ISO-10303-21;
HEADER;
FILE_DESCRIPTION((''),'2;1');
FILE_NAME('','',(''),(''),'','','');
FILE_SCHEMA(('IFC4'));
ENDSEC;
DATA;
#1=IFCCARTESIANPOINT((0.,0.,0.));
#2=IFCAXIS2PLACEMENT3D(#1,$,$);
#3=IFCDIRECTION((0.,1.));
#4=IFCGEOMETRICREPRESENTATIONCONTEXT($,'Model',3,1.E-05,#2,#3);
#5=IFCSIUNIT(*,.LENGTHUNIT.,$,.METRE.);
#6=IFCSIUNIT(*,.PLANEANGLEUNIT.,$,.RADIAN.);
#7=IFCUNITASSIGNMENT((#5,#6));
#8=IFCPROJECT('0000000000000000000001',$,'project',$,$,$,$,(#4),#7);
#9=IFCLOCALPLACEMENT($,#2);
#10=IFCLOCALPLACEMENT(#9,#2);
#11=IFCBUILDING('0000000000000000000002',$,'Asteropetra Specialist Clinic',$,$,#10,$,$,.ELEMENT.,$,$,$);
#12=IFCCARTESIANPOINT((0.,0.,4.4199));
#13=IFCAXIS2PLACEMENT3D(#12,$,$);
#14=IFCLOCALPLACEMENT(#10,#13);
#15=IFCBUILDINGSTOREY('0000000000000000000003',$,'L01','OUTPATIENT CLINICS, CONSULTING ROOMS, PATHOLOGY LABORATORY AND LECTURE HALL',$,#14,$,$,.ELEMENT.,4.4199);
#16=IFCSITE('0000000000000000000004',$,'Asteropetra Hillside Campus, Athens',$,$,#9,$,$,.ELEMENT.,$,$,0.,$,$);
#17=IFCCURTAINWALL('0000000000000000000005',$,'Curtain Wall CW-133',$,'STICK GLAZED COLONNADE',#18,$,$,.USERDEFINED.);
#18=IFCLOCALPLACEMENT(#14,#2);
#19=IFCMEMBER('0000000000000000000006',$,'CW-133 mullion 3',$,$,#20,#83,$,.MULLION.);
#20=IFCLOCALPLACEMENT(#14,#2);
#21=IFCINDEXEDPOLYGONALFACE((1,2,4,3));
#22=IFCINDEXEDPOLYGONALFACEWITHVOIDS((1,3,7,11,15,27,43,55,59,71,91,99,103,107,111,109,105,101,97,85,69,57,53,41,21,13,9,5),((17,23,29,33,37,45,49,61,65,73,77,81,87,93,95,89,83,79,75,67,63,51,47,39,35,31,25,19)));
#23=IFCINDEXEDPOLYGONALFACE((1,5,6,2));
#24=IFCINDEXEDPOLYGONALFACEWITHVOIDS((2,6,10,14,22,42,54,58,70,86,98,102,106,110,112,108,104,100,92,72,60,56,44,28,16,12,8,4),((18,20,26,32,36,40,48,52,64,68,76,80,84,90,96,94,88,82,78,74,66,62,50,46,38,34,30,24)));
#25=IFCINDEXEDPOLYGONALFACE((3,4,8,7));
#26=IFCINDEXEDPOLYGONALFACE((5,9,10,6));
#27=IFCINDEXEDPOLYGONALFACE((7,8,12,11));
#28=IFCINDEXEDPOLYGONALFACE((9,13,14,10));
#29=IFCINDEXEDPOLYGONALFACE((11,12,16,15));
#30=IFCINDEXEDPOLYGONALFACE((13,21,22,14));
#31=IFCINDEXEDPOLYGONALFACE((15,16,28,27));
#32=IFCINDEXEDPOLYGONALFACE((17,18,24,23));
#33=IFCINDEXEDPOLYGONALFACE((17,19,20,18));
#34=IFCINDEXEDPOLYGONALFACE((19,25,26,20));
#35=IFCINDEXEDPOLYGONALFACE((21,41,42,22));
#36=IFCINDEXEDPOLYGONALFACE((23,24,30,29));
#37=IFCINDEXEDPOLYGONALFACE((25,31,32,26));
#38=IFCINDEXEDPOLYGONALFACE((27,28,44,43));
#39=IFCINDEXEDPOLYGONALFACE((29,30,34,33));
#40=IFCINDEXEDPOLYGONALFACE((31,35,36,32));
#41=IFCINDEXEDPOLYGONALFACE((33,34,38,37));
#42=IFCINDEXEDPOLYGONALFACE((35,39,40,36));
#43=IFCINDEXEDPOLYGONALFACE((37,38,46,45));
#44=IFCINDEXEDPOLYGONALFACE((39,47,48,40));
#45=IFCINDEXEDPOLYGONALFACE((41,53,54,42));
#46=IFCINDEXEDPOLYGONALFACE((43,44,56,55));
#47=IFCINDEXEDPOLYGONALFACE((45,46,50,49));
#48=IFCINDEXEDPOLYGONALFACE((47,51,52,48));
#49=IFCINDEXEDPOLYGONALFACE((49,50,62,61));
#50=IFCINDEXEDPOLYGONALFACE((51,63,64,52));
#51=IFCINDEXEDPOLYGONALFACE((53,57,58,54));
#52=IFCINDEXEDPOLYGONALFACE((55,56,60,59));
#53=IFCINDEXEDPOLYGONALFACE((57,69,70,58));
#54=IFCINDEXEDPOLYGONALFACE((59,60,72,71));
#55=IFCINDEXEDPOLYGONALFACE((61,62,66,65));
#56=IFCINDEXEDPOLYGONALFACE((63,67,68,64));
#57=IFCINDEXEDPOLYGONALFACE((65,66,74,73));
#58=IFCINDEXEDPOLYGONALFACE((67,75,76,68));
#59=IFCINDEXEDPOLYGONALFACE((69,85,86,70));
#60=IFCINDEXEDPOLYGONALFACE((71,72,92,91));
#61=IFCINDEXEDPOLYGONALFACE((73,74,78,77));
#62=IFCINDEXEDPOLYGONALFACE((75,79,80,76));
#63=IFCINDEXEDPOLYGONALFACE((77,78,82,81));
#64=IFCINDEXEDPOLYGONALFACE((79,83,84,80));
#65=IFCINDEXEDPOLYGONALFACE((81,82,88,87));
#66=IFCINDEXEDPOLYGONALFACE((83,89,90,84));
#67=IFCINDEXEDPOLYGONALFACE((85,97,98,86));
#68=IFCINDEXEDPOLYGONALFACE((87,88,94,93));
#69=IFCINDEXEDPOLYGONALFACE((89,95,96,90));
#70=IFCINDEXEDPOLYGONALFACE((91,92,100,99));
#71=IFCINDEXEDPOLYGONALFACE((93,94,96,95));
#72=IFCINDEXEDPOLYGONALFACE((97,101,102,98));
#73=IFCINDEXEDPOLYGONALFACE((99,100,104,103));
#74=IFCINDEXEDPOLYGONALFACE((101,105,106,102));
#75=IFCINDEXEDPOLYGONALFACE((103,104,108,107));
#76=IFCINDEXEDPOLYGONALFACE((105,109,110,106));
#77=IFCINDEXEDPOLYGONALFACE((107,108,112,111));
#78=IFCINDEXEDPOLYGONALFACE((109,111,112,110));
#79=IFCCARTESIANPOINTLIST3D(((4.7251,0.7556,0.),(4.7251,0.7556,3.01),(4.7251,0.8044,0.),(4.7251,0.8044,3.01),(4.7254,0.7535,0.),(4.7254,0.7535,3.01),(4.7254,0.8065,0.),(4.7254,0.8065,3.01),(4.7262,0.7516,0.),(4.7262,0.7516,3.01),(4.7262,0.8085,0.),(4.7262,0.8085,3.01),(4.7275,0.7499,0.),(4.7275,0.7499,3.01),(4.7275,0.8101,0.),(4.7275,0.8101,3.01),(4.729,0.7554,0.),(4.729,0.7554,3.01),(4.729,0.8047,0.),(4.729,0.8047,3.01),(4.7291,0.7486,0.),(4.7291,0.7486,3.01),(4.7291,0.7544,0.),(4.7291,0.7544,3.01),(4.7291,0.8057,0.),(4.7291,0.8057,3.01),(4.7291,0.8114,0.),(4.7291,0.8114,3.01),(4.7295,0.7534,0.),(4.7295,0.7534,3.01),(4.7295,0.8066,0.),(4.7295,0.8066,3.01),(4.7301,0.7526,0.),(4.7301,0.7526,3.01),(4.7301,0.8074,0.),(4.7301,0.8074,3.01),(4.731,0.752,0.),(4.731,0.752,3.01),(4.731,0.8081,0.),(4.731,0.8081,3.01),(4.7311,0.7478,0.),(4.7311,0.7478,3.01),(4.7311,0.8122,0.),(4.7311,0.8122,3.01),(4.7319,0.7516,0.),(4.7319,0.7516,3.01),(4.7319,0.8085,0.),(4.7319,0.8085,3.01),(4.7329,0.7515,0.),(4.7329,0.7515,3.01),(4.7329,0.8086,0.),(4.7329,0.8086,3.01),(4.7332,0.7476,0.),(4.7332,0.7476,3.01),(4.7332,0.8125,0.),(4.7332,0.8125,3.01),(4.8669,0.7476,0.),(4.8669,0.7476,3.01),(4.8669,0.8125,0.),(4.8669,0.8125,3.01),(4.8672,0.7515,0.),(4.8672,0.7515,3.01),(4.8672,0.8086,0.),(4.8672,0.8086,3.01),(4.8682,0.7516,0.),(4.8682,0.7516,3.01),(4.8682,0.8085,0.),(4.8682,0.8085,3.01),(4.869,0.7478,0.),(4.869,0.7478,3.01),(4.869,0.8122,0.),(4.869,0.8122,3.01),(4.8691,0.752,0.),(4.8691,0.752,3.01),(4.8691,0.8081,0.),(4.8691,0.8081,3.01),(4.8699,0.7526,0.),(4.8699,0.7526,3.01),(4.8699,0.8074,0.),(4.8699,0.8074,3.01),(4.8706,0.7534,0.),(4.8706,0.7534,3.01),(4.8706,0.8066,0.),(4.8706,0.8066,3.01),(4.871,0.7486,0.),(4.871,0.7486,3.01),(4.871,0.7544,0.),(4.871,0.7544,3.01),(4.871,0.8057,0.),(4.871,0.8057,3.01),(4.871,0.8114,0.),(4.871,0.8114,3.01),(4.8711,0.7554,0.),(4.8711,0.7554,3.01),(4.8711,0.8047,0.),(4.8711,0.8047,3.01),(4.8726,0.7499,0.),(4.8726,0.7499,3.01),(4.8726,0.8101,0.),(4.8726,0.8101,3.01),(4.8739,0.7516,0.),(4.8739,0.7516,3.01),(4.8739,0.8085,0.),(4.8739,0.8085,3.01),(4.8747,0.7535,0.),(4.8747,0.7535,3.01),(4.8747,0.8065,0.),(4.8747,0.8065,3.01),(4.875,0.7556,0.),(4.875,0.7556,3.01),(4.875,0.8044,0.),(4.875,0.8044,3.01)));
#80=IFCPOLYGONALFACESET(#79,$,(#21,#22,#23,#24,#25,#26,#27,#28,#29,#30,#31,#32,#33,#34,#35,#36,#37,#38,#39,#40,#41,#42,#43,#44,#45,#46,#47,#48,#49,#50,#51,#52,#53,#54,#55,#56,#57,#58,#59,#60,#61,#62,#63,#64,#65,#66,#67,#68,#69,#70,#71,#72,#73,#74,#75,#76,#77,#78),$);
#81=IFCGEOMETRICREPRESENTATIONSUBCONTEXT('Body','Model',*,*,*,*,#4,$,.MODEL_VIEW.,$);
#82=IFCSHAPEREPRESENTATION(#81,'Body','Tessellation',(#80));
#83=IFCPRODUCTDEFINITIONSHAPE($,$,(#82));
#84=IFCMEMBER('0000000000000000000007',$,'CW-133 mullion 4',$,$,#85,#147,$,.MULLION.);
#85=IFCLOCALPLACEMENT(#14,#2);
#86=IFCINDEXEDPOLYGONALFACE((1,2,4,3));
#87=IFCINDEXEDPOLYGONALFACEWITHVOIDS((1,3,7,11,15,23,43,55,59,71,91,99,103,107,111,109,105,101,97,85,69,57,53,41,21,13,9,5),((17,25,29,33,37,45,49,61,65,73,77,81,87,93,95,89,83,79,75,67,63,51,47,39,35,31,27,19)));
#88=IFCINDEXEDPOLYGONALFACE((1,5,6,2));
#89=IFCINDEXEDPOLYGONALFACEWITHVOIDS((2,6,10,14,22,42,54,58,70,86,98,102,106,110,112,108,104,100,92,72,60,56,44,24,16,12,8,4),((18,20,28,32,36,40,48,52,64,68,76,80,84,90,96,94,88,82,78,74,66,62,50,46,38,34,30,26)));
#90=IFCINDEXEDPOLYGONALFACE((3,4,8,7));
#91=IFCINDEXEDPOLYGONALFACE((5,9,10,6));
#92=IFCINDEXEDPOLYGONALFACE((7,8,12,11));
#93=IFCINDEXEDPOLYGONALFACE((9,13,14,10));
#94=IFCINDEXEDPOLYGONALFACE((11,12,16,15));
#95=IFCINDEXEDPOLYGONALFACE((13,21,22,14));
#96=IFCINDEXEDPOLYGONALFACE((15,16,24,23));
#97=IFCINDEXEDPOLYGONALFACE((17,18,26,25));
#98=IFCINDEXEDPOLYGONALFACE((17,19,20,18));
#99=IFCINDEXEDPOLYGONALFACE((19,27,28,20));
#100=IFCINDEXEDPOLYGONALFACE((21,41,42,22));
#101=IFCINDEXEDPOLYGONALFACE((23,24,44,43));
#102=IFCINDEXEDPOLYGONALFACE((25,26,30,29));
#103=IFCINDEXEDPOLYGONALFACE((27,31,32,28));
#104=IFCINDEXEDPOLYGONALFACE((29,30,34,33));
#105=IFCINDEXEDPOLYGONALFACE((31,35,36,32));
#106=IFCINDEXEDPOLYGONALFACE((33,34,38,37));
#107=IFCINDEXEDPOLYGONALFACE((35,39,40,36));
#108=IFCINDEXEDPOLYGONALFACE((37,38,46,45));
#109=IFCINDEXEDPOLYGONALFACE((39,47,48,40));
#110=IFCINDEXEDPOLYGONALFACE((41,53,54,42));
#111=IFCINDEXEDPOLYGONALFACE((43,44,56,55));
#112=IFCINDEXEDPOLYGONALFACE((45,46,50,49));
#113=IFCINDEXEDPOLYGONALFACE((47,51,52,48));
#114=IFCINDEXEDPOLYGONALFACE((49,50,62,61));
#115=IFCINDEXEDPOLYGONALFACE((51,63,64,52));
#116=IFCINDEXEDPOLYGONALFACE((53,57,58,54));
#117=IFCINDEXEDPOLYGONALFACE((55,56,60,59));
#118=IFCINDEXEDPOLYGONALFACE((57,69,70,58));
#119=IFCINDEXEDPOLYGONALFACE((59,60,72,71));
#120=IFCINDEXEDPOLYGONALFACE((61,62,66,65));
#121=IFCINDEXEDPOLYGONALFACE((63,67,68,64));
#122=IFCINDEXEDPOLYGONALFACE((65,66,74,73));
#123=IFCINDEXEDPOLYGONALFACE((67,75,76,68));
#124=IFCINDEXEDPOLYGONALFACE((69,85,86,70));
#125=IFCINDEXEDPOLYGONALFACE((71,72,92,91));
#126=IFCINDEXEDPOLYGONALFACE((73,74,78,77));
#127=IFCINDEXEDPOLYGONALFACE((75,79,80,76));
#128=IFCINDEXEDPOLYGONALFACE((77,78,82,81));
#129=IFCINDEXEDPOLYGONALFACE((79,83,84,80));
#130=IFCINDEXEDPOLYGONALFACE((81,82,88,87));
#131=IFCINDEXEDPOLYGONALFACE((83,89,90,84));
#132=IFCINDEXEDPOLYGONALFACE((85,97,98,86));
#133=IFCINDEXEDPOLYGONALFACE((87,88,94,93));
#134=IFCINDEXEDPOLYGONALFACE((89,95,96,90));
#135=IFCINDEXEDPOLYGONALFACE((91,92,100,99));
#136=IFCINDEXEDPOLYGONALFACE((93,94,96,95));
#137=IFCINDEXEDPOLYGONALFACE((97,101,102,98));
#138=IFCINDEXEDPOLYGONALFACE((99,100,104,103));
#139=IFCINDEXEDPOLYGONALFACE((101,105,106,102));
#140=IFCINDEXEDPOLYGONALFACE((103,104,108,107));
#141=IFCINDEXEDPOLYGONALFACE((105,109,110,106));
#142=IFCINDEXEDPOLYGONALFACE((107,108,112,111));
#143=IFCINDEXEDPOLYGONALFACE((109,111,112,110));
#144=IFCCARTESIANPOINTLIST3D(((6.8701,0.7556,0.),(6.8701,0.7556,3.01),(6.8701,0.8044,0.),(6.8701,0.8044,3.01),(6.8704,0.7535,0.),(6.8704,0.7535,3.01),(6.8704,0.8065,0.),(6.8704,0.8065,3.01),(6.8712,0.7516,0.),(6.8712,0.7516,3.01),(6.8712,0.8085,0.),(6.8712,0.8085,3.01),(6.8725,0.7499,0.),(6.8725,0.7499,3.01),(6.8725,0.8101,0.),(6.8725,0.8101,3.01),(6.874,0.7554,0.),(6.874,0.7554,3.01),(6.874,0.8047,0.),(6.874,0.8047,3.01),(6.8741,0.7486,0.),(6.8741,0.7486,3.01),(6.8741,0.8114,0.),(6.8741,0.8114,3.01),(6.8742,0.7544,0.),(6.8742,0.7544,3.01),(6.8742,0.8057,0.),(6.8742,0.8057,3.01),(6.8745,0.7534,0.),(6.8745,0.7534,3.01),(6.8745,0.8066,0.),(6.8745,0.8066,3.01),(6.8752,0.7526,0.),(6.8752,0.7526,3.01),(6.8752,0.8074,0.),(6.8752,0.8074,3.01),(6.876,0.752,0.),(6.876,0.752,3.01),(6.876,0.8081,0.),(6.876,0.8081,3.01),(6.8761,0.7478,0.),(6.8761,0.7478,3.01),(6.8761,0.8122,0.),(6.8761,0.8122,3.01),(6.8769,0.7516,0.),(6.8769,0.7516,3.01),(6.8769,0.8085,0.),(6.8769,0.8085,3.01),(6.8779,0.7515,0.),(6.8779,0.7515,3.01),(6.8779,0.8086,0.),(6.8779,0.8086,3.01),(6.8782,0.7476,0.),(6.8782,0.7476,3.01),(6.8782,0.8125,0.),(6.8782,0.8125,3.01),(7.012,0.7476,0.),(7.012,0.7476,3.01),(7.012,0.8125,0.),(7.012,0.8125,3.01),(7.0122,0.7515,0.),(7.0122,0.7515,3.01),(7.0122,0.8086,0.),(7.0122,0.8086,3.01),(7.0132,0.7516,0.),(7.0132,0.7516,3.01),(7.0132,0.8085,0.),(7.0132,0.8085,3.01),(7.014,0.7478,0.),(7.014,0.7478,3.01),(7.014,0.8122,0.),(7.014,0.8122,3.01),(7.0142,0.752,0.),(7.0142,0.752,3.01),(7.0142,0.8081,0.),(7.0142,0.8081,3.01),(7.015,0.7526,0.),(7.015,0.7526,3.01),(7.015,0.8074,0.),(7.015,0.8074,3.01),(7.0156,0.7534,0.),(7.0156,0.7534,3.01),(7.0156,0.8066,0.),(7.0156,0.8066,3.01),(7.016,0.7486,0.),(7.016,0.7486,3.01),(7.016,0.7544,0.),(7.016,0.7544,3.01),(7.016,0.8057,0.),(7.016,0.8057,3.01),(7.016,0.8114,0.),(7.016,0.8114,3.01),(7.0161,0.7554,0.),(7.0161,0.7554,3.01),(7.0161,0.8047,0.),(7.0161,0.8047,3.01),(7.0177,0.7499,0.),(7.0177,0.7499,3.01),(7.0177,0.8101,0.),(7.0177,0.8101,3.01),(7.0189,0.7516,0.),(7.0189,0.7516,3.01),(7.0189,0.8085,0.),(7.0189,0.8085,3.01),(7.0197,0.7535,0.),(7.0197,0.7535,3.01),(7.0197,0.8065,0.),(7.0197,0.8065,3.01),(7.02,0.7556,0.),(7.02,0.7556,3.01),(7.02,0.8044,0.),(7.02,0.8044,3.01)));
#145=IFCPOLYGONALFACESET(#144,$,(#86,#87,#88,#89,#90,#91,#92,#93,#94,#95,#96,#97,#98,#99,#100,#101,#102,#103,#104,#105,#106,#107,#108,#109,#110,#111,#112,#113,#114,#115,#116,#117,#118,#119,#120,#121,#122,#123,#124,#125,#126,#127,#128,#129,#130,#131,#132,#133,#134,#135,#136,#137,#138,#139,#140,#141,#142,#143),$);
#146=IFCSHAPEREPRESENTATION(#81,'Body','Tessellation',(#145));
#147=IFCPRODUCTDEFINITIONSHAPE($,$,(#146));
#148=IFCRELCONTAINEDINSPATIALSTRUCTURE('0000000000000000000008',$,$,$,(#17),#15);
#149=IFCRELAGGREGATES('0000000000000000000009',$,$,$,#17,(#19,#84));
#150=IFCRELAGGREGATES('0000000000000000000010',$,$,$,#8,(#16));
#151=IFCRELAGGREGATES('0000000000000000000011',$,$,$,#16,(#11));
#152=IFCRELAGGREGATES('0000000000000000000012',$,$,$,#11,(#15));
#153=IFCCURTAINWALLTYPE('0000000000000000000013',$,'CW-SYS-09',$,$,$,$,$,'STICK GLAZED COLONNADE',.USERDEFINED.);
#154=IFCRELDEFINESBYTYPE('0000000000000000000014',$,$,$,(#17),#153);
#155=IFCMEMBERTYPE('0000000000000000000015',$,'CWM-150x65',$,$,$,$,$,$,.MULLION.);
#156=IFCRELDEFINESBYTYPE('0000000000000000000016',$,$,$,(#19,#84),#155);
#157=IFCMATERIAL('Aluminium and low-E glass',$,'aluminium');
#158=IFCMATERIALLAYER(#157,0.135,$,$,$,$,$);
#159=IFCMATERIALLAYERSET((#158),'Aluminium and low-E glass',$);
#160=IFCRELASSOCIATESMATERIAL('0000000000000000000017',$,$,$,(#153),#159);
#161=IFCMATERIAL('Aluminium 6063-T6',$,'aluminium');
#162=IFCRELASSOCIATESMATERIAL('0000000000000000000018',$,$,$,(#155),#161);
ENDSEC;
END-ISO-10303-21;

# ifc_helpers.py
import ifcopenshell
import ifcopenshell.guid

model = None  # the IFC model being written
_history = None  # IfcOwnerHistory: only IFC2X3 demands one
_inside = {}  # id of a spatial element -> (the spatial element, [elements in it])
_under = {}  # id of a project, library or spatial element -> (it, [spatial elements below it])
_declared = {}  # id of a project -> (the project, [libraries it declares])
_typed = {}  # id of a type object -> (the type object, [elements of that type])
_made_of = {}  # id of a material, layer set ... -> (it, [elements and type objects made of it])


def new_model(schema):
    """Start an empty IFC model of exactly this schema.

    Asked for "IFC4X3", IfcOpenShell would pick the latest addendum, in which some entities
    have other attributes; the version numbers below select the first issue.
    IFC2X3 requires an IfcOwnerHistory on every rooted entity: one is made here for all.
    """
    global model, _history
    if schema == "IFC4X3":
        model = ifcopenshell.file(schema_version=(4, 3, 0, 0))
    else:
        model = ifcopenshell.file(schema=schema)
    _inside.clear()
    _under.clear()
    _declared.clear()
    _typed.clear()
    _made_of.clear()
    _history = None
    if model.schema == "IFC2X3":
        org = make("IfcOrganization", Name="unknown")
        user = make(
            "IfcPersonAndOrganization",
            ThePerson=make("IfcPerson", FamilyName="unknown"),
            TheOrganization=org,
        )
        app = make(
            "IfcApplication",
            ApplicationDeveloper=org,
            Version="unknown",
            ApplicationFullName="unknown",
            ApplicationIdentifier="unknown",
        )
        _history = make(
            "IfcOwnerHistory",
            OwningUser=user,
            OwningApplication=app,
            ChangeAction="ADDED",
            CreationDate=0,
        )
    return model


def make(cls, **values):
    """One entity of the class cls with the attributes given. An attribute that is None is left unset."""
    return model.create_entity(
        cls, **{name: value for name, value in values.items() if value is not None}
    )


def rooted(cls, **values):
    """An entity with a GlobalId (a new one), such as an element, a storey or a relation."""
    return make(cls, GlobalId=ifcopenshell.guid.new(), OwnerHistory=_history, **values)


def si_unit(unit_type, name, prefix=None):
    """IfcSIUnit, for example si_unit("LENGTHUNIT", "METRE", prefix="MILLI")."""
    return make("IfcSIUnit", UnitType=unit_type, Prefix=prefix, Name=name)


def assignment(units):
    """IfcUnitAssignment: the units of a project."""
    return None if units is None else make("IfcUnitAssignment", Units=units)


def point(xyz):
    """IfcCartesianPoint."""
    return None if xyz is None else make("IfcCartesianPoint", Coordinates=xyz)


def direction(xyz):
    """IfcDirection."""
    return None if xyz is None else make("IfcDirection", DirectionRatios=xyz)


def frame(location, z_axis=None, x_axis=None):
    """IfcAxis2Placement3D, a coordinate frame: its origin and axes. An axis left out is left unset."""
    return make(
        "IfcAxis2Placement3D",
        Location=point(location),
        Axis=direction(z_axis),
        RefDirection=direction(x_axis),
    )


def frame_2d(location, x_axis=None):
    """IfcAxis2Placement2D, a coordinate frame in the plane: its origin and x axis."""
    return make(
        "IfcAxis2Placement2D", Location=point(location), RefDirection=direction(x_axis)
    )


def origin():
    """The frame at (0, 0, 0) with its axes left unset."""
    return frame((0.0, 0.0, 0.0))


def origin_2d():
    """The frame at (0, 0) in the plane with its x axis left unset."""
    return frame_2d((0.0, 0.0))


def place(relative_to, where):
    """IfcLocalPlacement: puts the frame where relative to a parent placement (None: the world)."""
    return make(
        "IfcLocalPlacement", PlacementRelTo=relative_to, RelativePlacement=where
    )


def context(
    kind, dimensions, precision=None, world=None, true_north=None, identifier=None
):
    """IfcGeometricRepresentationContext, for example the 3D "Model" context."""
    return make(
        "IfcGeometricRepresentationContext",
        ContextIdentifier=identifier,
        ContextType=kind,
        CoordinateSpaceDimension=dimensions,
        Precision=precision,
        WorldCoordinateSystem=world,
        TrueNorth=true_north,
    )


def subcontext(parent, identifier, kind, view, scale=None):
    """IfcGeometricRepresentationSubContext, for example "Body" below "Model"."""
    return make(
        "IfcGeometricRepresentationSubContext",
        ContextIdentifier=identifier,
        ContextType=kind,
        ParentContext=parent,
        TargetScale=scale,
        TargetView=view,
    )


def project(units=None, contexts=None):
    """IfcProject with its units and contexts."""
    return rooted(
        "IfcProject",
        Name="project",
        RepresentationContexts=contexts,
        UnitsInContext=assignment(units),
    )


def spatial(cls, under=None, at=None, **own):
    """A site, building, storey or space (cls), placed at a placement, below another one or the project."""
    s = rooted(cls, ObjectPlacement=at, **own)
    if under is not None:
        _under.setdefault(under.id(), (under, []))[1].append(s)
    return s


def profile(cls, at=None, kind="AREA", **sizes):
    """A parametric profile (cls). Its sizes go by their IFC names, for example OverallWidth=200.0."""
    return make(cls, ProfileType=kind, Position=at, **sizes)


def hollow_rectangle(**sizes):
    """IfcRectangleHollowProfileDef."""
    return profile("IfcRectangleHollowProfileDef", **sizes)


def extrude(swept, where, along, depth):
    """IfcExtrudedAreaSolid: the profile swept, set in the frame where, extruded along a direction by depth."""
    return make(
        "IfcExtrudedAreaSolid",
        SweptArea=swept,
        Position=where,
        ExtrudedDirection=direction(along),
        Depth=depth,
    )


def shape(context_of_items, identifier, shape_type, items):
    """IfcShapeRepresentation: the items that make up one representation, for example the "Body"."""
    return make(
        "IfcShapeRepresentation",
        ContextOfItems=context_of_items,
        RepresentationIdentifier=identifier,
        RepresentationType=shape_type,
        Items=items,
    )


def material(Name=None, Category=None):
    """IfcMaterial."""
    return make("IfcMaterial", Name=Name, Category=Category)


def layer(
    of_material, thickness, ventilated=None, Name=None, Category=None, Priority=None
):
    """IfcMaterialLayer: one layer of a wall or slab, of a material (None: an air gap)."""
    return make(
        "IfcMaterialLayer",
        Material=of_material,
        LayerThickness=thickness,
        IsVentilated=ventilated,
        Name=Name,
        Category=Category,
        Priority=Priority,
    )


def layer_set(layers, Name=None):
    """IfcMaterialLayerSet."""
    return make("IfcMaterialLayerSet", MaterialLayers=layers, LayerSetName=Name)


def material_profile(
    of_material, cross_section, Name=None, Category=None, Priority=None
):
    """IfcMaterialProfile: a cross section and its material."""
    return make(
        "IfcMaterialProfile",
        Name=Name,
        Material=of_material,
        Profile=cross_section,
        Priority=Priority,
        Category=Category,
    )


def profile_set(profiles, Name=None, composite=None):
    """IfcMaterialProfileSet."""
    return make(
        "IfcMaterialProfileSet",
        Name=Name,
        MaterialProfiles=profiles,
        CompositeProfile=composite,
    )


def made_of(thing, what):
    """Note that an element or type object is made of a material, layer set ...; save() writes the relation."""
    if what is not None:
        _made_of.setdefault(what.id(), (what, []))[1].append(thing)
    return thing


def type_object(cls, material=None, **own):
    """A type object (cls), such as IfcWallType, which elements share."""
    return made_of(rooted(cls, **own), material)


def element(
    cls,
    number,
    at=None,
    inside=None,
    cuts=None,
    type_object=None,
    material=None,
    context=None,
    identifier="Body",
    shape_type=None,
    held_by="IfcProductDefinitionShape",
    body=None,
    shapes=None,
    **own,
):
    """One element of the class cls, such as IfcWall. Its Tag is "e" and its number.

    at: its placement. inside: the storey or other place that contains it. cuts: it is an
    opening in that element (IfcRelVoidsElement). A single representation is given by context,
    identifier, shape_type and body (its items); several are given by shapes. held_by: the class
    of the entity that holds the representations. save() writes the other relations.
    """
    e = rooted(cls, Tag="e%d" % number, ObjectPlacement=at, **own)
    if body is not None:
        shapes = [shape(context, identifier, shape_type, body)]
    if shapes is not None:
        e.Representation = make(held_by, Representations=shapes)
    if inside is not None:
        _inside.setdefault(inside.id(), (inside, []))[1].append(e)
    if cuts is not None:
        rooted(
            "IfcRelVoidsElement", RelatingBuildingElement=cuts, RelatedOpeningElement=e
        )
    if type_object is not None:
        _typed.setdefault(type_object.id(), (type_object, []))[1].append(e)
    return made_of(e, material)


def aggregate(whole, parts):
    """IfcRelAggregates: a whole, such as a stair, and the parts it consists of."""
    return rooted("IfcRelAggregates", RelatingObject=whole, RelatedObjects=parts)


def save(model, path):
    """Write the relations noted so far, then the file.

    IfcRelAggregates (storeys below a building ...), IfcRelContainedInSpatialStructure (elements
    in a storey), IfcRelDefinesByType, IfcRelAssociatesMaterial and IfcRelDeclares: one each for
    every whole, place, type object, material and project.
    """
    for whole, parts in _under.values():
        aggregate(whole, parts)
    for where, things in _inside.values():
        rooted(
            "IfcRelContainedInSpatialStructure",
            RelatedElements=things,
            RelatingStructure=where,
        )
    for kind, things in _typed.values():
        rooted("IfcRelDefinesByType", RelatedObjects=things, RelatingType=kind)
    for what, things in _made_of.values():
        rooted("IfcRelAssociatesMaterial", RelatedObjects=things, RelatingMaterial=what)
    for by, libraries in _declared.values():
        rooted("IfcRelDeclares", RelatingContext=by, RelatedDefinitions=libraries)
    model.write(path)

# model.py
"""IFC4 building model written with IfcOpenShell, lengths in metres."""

from ifc_helpers import new_model, si_unit, direction, frame, origin, origin_2d, place, context, subcontext, project, spatial, hollow_rectangle, extrude, material, layer, layer_set, material_profile, profile_set, type_object, element, aggregate, save


model = new_model("IFC4")

# Units and contexts
model_context = context("Model", 3, precision=1e-05, world=origin(), true_north=direction((0.0, 1.0)))
body_context = subcontext(model_context, "Body", "Model", "MODEL_VIEW")
ifc_project = project(units=[si_unit("LENGTHUNIT", "METRE"), si_unit("PLANEANGLEUNIT", "RADIAN")], contexts=[model_context])

# Site, building, storey
site_placement = place(None, origin())
site = spatial("IfcSite", under=ifc_project, at=site_placement, Name="Asteropetra Hillside Campus, Athens", CompositionType="ELEMENT", RefElevation=0.0)
building_placement = place(site_placement, origin())
building = spatial("IfcBuilding", under=site, at=building_placement, Name="Asteropetra Specialist Clinic", CompositionType="ELEMENT")
storey_placement = place(building_placement, frame((0.0, 0.0, 4.4199)))
storey = spatial("IfcBuildingStorey", under=building, at=storey_placement, Name="L01", Description="OUTPATIENT CLINICS, CONSULTING ROOMS, PATHOLOGY LABORATORY AND LECTURE HALL", CompositionType="ELEMENT", Elevation=4.4199)

# Curtain wall, members
ifc_material_1 = material(Name="Aluminium and low-E glass", Category="aluminium")
ifc_layer_1 = layer(ifc_material_1, 0.135)
ifc_layer_set_1 = layer_set([ifc_layer_1], Name="Aluminium and low-E glass")
curtain_wall_type = type_object("IfcCurtainWallType", Name="CW-SYS-09", ElementType="STICK GLAZED COLONNADE", PredefinedType="USERDEFINED", material=ifc_layer_set_1)
curtain_wall_placement = place(storey_placement, origin())
curtain_wall = element("IfcCurtainWall", 1, at=curtain_wall_placement, inside=storey, type_object=curtain_wall_type, Name="Curtain Wall CW-133", ObjectType="STICK GLAZED COLONNADE", PredefinedType="USERDEFINED")
ifc_material_2 = material(Name="Aluminium 6063-T6", Category="aluminium")
ifc_material_profile_1 = material_profile(ifc_material_2, hollow_rectangle(XDim=0.0649, YDim=0.1499, WallThickness=0.0039, InnerFilletRadius=0.0039, OuterFilletRadius=0.0081, at=origin_2d()), Name="MUL 150x65x4.0")
ifc_profile_set_1 = profile_set([ifc_material_profile_1], Name="Aluminium 6063-T6")
member_type_1 = type_object("IfcMemberType", Name="CWM-150x65", PredefinedType="MULLION", material=ifc_profile_set_1)
member_1_placement = place(storey_placement, frame((4.8, 0.78, 0.0), z_axis=(0.0, 0.0, 1.0), x_axis=(0.0, 1.0, 0.0)))
member_1 = element("IfcMember", 2, at=member_1_placement, type_object=member_type_1, Name="CW-133 mullion 3", PredefinedType="MULLION", context=body_context, shape_type="SweptSolid", body=[
    extrude(hollow_rectangle(XDim=0.0649, YDim=0.1499, WallThickness=0.0039, InnerFilletRadius=0.0039, OuterFilletRadius=0.0081, at=origin_2d()), origin(), (0.0, 0.0, 1.0), 3.01),
])
member_2_placement = place(storey_placement, frame((6.9451, 0.78, 0.0), z_axis=(0.0, 0.0, 1.0), x_axis=(0.0, 1.0, 0.0)))
member_2 = element("IfcMember", 3, at=member_2_placement, type_object=member_type_1, Name="CW-133 mullion 4", PredefinedType="MULLION", context=body_context, shape_type="SweptSolid", body=[
    extrude(hollow_rectangle(XDim=0.0649, YDim=0.1499, WallThickness=0.0039, InnerFilletRadius=0.0039, OuterFilletRadius=0.0081, at=origin_2d()), origin(), (0.0, 0.0, 1.0), 3.01),
])

aggregate(curtain_wall, [member_1, member_2])

save(model, "model.ifc")
